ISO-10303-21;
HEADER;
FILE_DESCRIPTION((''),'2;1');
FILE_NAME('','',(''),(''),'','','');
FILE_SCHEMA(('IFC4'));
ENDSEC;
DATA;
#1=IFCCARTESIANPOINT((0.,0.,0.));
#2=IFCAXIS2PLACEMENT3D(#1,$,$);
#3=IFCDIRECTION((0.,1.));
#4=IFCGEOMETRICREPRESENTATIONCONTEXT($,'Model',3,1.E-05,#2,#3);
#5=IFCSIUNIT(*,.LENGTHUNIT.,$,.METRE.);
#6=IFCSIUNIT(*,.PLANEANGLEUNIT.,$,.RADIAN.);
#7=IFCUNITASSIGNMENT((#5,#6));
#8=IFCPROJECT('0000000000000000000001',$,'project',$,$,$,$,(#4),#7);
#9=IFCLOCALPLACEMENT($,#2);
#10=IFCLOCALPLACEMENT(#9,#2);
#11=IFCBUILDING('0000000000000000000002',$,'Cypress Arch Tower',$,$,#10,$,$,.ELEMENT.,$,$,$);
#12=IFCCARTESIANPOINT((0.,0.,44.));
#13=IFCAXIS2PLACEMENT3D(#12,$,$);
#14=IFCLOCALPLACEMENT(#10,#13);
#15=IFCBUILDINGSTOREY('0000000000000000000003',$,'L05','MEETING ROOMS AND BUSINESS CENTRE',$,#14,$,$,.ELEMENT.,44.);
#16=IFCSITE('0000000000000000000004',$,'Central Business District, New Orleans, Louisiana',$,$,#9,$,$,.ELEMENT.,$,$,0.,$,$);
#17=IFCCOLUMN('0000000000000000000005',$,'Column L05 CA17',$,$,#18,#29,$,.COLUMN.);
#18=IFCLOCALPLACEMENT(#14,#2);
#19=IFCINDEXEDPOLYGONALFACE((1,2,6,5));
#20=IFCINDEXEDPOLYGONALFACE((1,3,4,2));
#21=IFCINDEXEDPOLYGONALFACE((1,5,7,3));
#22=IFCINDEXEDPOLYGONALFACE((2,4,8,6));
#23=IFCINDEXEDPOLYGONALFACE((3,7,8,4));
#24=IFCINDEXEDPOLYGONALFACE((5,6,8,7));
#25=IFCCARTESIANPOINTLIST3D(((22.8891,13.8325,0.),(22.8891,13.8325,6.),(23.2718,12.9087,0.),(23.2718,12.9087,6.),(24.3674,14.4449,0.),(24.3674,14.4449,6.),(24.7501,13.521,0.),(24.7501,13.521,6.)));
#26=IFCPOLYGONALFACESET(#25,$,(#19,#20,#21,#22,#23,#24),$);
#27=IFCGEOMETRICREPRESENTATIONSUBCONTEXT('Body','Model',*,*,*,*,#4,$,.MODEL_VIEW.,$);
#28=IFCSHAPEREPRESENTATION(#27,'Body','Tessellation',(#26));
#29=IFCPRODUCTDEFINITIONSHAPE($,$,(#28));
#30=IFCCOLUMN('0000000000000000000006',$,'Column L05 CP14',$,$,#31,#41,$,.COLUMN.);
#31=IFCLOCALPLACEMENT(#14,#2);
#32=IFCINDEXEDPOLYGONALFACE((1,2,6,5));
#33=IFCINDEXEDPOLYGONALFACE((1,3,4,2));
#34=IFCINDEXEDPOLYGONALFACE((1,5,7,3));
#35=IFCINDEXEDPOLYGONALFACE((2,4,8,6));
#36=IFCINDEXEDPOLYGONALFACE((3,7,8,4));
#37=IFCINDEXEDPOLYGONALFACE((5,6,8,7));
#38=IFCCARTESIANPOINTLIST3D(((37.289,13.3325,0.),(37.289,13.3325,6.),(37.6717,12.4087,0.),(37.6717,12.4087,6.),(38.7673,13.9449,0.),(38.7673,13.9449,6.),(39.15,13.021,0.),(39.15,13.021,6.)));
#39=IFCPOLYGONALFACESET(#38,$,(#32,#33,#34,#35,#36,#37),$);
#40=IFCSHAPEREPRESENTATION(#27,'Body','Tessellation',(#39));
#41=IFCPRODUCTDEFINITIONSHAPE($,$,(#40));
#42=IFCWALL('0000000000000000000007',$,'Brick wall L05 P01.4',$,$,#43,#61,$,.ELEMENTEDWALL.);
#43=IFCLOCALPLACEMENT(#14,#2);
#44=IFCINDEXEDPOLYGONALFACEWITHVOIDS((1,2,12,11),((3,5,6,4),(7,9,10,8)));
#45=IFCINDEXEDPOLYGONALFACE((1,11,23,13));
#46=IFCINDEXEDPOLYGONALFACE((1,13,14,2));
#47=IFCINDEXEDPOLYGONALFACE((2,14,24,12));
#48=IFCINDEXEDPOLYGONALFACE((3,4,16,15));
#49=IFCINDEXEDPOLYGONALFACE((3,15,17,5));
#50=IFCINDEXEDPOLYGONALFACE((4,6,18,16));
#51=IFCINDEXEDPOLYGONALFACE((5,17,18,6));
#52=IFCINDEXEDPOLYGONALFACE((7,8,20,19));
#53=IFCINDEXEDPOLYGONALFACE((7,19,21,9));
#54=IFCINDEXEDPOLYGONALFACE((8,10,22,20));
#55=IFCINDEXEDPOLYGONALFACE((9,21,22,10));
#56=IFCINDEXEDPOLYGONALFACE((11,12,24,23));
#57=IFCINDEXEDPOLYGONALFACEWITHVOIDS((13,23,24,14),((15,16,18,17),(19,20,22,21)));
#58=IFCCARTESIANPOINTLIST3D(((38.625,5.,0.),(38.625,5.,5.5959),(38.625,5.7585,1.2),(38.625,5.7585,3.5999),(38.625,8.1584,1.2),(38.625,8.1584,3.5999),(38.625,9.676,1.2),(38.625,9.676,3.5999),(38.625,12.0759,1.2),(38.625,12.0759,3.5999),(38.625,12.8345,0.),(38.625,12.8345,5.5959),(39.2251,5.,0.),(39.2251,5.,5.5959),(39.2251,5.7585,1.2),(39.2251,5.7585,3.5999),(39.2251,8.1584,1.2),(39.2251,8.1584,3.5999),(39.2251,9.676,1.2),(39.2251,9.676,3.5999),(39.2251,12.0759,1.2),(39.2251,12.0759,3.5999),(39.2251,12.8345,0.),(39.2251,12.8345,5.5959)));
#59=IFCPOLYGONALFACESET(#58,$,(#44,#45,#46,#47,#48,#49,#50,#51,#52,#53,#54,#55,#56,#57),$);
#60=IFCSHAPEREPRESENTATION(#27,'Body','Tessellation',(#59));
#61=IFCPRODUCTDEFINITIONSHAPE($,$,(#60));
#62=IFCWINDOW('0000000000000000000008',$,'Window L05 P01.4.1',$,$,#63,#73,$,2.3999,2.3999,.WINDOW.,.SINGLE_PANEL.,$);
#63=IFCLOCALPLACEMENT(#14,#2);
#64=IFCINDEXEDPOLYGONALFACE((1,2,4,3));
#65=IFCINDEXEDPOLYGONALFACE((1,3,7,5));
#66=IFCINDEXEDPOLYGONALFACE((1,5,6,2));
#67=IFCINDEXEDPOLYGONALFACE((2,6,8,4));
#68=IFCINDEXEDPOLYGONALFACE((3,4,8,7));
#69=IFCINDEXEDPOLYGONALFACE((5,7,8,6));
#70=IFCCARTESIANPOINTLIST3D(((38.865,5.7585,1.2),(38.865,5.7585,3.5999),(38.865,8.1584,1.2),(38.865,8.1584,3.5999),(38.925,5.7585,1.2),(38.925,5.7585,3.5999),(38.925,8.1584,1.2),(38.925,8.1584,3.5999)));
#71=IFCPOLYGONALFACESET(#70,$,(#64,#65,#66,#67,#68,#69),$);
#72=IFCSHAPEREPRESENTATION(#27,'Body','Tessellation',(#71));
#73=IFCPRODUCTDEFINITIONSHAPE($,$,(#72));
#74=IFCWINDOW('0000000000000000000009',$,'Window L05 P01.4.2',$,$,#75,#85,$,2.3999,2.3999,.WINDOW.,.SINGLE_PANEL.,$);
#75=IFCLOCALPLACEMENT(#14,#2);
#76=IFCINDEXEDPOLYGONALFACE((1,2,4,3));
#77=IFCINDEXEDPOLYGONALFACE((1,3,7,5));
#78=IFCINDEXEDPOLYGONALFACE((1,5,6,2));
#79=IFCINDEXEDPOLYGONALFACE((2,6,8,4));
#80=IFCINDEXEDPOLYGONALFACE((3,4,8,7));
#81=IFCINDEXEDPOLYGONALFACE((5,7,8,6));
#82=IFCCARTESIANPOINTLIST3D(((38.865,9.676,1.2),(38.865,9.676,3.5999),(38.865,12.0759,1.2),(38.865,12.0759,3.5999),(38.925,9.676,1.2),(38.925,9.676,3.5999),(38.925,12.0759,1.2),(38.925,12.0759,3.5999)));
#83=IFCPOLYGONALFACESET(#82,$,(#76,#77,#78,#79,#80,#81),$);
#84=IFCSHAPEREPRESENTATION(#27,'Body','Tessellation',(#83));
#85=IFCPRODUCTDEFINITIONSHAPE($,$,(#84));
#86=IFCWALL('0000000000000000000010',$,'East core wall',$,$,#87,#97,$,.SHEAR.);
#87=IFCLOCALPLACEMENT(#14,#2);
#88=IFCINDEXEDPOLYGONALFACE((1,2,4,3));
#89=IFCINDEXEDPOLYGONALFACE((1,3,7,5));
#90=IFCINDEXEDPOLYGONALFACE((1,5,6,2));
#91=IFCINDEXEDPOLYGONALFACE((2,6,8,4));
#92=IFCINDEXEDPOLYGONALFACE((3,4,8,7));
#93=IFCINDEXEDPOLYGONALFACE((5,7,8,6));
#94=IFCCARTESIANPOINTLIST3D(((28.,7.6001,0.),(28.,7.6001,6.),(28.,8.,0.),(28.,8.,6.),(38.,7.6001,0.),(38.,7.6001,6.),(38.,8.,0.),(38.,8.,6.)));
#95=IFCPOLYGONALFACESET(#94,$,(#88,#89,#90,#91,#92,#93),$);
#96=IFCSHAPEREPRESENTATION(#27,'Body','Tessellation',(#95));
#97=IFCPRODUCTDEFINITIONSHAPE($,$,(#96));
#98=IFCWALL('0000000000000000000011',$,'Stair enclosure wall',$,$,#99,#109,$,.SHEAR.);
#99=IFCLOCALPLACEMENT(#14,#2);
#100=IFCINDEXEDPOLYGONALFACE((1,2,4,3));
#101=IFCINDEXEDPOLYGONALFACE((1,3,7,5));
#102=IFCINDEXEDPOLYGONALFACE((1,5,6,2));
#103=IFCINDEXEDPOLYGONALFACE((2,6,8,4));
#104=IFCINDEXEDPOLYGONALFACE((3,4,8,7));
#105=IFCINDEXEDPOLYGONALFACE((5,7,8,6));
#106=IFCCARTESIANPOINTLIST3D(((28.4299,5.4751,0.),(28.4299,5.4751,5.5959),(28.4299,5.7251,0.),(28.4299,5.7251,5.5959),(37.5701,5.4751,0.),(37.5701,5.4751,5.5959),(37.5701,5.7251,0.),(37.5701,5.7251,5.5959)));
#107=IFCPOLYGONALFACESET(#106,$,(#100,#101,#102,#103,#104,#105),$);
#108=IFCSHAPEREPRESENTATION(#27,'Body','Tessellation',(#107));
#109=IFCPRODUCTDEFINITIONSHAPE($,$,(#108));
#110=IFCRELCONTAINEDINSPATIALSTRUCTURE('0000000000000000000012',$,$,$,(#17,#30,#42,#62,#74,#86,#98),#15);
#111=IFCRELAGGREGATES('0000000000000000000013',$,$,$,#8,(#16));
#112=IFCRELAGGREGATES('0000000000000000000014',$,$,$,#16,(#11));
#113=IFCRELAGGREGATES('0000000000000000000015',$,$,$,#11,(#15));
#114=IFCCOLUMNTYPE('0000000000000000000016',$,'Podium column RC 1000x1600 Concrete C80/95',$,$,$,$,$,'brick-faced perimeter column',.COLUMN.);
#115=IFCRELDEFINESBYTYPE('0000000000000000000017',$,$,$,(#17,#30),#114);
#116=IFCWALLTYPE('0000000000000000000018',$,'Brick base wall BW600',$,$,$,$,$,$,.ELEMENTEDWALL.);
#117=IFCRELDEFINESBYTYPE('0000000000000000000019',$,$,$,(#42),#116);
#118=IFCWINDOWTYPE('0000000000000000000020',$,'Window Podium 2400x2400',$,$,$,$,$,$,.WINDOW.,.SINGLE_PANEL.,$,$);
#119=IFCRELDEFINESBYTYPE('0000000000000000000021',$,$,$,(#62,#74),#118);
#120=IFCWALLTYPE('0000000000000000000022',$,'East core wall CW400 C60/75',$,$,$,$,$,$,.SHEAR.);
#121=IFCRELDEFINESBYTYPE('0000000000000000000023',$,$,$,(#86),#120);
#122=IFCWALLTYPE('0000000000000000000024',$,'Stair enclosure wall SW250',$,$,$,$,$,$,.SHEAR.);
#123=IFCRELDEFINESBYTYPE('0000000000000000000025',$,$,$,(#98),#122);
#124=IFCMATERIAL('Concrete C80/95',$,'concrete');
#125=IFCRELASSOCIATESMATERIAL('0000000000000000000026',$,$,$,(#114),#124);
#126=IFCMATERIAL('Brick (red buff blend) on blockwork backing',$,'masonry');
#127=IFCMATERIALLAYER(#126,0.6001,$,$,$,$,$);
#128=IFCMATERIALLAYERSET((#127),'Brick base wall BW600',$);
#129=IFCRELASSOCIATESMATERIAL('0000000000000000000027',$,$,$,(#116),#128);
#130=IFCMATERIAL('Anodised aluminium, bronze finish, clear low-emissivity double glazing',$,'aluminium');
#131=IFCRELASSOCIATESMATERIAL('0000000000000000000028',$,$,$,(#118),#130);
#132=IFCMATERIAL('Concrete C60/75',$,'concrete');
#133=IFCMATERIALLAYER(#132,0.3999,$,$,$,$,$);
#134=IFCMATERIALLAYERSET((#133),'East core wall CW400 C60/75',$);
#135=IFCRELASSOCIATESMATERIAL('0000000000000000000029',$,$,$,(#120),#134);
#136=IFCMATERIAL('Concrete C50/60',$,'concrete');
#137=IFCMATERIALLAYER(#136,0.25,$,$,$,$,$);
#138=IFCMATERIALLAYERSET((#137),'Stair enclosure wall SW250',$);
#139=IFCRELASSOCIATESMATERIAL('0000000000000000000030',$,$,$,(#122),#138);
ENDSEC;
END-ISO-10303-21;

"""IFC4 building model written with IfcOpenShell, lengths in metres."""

from ifc_helpers import new_model, si_unit, direction, frame, frame_2d, origin, origin_2d, place, context, subcontext, project, spatial, rectangle, extrude, material, layer, layer_set, material_profile, profile_set, type_object, element, fill, save


model = new_model("IFC4")

# Units and contexts
model_context = context("Model", 3, precision=1e-05, world=origin(), true_north=direction((0.0, 1.0)))
body_context = subcontext(model_context, "Body", "Model", "MODEL_VIEW")
ifc_project = project(units=[si_unit("LENGTHUNIT", "METRE"), si_unit("PLANEANGLEUNIT", "RADIAN")], contexts=[model_context])

# Site, building, storey
site_placement = place(None, origin())
site = spatial("IfcSite", under=ifc_project, at=site_placement, Name="Central Business District, New Orleans, Louisiana", CompositionType="ELEMENT", RefElevation=0.0)
building_placement = place(site_placement, origin())
building = spatial("IfcBuilding", under=site, at=building_placement, Name="Cypress Arch Tower", CompositionType="ELEMENT")
storey_placement = place(building_placement, frame((0.0, 0.0, 44.0)))
storey = spatial("IfcBuildingStorey", under=building, at=storey_placement, Name="L05", Description="MEETING ROOMS AND BUSINESS CENTRE", CompositionType="ELEMENT", Elevation=44.0)

# Columns
ifc_material_1 = material(Name="Concrete C80/95", Category="concrete")
ifc_material_profile = material_profile(ifc_material_1, rectangle(XDim=1.0, YDim=1.6001, at=origin_2d()), Name="RC 1000x1600")
ifc_profile_set = profile_set([ifc_material_profile], Name="Concrete C80/95")
column_type = type_object("IfcColumnType", Name="Podium column RC 1000x1600 Concrete C80/95", ElementType="brick-faced perimeter column", PredefinedType="COLUMN", material=ifc_profile_set)
for number, where, z_axis, x_axis, name in (
    (1, (23.8196, 13.6768, 0.0), (0.0, 0.0, 1.0), (-0.382683, 0.92388, 0.0), "Column L05 CA17"),
    (2, (38.2195, 13.1768, 0.0), (0.0, 0.0, 1.0), (-0.382683, 0.92388, 0.0), "Column L05 CP14"),
):
    element("IfcColumn", number, at=place(storey_placement, frame(where, z_axis=z_axis, x_axis=x_axis)), inside=storey, type_object=column_type, Name=name, PredefinedType="COLUMN", context=body_context, shape_type="SweptSolid", body=[
        extrude(rectangle(XDim=1.0, YDim=1.6001, at=origin_2d()), origin(), (0.0, 0.0, 1.0), 6.0),
    ])

# Wall, openings, windows
ifc_material_2 = material(Name="Brick (red buff blend) on blockwork backing", Category="masonry")
ifc_layer_1 = layer(ifc_material_2, 0.6001)
ifc_layer_set_1 = layer_set([ifc_layer_1], Name="Brick base wall BW600")
wall_type_1 = type_object("IfcWallType", Name="Brick base wall BW600", PredefinedType="ELEMENTEDWALL", material=ifc_layer_set_1)
wall_1_placement = place(storey_placement, frame((38.925, 5.0, 0.0), z_axis=(0.0, 0.0, 1.0), x_axis=(0.0, 1.0, 0.0)))
wall_1 = element("IfcWall", 3, at=wall_1_placement, inside=storey, type_object=wall_type_1, Name="Brick wall L05 P01.4", PredefinedType="ELEMENTEDWALL", context=body_context, shape_type="SweptSolid", body=[
    extrude(rectangle(XDim=7.8345, YDim=0.6001, at=frame_2d((3.9172, 0.0))), origin(), (0.0, 0.0, 1.0), 5.5959),
])
opening_1_placement = place(wall_1_placement, frame((0.7585, 0.0, 1.2)))
opening_1 = element("IfcOpeningElement", 4, at=opening_1_placement, cuts=wall_1, PredefinedType="OPENING", context=body_context, shape_type="SweptSolid", body=[
    extrude(rectangle(XDim=2.3999, YDim=2.3999, at=frame_2d((1.2, 1.2))), frame((0.0, 0.3101, 0.0), z_axis=(0.0, -1.0, 0.0), x_axis=(1.0, 0.0, 0.0)), (0.0, 0.0, 1.0), 0.6201),
])
opening_2_placement = place(wall_1_placement, frame((4.676, 0.0, 1.2)))
opening_2 = element("IfcOpeningElement", 5, at=opening_2_placement, cuts=wall_1, PredefinedType="OPENING", context=body_context, shape_type="SweptSolid", body=[
    extrude(rectangle(XDim=2.3999, YDim=2.3999, at=frame_2d((1.2, 1.2))), frame((0.0, 0.3101, 0.0), z_axis=(0.0, -1.0, 0.0), x_axis=(1.0, 0.0, 0.0)), (0.0, 0.0, 1.0), 0.6201),
])
ifc_material_3 = material(Name="Anodised aluminium, bronze finish, clear low-emissivity double glazing", Category="aluminium")
window_type = type_object("IfcWindowType", Name="Window Podium 2400x2400", PartitioningType="SINGLE_PANEL", PredefinedType="WINDOW", material=ifc_material_3)
window_1_placement = place(opening_1_placement, origin())
window_1 = element("IfcWindow", 6, at=window_1_placement, inside=storey, type_object=window_type, Name="Window L05 P01.4.1", OverallHeight=2.3999, OverallWidth=2.3999, PartitioningType="SINGLE_PANEL", PredefinedType="WINDOW", context=body_context, shape_type="SweptSolid", body=[
    extrude(rectangle(XDim=2.3999, YDim=2.3999, at=frame_2d((1.2, 1.2))), frame((0.0, 0.0601, 0.0), z_axis=(0.0, -1.0, 0.0), x_axis=(1.0, 0.0, 0.0)), (0.0, 0.0, 1.0), 0.0601),
])
fill(opening_1, window_1)
window_2_placement = place(opening_2_placement, origin())
window_2 = element("IfcWindow", 7, at=window_2_placement, inside=storey, type_object=window_type, Name="Window L05 P01.4.2", OverallHeight=2.3999, OverallWidth=2.3999, PartitioningType="SINGLE_PANEL", PredefinedType="WINDOW", context=body_context, shape_type="SweptSolid", body=[
    extrude(rectangle(XDim=2.3999, YDim=2.3999, at=frame_2d((1.2, 1.2))), frame((0.0, 0.0601, 0.0), z_axis=(0.0, -1.0, 0.0), x_axis=(1.0, 0.0, 0.0)), (0.0, 0.0, 1.0), 0.0601),
])
fill(opening_2, window_2)

# Walls
ifc_material_4 = material(Name="Concrete C60/75", Category="concrete")
ifc_layer_2 = layer(ifc_material_4, 0.3999)
ifc_layer_set_2 = layer_set([ifc_layer_2], Name="East core wall CW400 C60/75")
wall_type_2 = type_object("IfcWallType", Name="East core wall CW400 C60/75", PredefinedType="SHEAR", material=ifc_layer_set_2)
wall_2_placement = place(storey_placement, frame((28.0, 7.8, 0.0), z_axis=(0.0, 0.0, 1.0), x_axis=(1.0, 0.0, 0.0)))
element("IfcWall", 8, at=wall_2_placement, inside=storey, type_object=wall_type_2, Name="East core wall", PredefinedType="SHEAR", context=body_context, shape_type="SweptSolid", body=[
    extrude(rectangle(XDim=10.0, YDim=0.3999, at=frame_2d((5.0, 0.0))), origin(), (0.0, 0.0, 1.0), 6.0),
])
ifc_material_5 = material(Name="Concrete C50/60", Category="concrete")
ifc_layer_3 = layer(ifc_material_5, 0.25)
ifc_layer_set_3 = layer_set([ifc_layer_3], Name="Stair enclosure wall SW250")
wall_type_3 = type_object("IfcWallType", Name="Stair enclosure wall SW250", PredefinedType="SHEAR", material=ifc_layer_set_3)
wall_3_placement = place(storey_placement, frame((28.4299, 5.6001, 0.0), z_axis=(0.0, 0.0, 1.0), x_axis=(1.0, 0.0, 0.0)))
element("IfcWall", 9, at=wall_3_placement, inside=storey, type_object=wall_type_3, Name="Stair enclosure wall", PredefinedType="SHEAR", context=body_context, shape_type="SweptSolid", body=[
    extrude(rectangle(XDim=9.1401, YDim=0.25, at=frame_2d((4.5701, 0.0))), origin(), (0.0, 0.0, 1.0), 5.5959),
])

save(model, "model.ifc")
